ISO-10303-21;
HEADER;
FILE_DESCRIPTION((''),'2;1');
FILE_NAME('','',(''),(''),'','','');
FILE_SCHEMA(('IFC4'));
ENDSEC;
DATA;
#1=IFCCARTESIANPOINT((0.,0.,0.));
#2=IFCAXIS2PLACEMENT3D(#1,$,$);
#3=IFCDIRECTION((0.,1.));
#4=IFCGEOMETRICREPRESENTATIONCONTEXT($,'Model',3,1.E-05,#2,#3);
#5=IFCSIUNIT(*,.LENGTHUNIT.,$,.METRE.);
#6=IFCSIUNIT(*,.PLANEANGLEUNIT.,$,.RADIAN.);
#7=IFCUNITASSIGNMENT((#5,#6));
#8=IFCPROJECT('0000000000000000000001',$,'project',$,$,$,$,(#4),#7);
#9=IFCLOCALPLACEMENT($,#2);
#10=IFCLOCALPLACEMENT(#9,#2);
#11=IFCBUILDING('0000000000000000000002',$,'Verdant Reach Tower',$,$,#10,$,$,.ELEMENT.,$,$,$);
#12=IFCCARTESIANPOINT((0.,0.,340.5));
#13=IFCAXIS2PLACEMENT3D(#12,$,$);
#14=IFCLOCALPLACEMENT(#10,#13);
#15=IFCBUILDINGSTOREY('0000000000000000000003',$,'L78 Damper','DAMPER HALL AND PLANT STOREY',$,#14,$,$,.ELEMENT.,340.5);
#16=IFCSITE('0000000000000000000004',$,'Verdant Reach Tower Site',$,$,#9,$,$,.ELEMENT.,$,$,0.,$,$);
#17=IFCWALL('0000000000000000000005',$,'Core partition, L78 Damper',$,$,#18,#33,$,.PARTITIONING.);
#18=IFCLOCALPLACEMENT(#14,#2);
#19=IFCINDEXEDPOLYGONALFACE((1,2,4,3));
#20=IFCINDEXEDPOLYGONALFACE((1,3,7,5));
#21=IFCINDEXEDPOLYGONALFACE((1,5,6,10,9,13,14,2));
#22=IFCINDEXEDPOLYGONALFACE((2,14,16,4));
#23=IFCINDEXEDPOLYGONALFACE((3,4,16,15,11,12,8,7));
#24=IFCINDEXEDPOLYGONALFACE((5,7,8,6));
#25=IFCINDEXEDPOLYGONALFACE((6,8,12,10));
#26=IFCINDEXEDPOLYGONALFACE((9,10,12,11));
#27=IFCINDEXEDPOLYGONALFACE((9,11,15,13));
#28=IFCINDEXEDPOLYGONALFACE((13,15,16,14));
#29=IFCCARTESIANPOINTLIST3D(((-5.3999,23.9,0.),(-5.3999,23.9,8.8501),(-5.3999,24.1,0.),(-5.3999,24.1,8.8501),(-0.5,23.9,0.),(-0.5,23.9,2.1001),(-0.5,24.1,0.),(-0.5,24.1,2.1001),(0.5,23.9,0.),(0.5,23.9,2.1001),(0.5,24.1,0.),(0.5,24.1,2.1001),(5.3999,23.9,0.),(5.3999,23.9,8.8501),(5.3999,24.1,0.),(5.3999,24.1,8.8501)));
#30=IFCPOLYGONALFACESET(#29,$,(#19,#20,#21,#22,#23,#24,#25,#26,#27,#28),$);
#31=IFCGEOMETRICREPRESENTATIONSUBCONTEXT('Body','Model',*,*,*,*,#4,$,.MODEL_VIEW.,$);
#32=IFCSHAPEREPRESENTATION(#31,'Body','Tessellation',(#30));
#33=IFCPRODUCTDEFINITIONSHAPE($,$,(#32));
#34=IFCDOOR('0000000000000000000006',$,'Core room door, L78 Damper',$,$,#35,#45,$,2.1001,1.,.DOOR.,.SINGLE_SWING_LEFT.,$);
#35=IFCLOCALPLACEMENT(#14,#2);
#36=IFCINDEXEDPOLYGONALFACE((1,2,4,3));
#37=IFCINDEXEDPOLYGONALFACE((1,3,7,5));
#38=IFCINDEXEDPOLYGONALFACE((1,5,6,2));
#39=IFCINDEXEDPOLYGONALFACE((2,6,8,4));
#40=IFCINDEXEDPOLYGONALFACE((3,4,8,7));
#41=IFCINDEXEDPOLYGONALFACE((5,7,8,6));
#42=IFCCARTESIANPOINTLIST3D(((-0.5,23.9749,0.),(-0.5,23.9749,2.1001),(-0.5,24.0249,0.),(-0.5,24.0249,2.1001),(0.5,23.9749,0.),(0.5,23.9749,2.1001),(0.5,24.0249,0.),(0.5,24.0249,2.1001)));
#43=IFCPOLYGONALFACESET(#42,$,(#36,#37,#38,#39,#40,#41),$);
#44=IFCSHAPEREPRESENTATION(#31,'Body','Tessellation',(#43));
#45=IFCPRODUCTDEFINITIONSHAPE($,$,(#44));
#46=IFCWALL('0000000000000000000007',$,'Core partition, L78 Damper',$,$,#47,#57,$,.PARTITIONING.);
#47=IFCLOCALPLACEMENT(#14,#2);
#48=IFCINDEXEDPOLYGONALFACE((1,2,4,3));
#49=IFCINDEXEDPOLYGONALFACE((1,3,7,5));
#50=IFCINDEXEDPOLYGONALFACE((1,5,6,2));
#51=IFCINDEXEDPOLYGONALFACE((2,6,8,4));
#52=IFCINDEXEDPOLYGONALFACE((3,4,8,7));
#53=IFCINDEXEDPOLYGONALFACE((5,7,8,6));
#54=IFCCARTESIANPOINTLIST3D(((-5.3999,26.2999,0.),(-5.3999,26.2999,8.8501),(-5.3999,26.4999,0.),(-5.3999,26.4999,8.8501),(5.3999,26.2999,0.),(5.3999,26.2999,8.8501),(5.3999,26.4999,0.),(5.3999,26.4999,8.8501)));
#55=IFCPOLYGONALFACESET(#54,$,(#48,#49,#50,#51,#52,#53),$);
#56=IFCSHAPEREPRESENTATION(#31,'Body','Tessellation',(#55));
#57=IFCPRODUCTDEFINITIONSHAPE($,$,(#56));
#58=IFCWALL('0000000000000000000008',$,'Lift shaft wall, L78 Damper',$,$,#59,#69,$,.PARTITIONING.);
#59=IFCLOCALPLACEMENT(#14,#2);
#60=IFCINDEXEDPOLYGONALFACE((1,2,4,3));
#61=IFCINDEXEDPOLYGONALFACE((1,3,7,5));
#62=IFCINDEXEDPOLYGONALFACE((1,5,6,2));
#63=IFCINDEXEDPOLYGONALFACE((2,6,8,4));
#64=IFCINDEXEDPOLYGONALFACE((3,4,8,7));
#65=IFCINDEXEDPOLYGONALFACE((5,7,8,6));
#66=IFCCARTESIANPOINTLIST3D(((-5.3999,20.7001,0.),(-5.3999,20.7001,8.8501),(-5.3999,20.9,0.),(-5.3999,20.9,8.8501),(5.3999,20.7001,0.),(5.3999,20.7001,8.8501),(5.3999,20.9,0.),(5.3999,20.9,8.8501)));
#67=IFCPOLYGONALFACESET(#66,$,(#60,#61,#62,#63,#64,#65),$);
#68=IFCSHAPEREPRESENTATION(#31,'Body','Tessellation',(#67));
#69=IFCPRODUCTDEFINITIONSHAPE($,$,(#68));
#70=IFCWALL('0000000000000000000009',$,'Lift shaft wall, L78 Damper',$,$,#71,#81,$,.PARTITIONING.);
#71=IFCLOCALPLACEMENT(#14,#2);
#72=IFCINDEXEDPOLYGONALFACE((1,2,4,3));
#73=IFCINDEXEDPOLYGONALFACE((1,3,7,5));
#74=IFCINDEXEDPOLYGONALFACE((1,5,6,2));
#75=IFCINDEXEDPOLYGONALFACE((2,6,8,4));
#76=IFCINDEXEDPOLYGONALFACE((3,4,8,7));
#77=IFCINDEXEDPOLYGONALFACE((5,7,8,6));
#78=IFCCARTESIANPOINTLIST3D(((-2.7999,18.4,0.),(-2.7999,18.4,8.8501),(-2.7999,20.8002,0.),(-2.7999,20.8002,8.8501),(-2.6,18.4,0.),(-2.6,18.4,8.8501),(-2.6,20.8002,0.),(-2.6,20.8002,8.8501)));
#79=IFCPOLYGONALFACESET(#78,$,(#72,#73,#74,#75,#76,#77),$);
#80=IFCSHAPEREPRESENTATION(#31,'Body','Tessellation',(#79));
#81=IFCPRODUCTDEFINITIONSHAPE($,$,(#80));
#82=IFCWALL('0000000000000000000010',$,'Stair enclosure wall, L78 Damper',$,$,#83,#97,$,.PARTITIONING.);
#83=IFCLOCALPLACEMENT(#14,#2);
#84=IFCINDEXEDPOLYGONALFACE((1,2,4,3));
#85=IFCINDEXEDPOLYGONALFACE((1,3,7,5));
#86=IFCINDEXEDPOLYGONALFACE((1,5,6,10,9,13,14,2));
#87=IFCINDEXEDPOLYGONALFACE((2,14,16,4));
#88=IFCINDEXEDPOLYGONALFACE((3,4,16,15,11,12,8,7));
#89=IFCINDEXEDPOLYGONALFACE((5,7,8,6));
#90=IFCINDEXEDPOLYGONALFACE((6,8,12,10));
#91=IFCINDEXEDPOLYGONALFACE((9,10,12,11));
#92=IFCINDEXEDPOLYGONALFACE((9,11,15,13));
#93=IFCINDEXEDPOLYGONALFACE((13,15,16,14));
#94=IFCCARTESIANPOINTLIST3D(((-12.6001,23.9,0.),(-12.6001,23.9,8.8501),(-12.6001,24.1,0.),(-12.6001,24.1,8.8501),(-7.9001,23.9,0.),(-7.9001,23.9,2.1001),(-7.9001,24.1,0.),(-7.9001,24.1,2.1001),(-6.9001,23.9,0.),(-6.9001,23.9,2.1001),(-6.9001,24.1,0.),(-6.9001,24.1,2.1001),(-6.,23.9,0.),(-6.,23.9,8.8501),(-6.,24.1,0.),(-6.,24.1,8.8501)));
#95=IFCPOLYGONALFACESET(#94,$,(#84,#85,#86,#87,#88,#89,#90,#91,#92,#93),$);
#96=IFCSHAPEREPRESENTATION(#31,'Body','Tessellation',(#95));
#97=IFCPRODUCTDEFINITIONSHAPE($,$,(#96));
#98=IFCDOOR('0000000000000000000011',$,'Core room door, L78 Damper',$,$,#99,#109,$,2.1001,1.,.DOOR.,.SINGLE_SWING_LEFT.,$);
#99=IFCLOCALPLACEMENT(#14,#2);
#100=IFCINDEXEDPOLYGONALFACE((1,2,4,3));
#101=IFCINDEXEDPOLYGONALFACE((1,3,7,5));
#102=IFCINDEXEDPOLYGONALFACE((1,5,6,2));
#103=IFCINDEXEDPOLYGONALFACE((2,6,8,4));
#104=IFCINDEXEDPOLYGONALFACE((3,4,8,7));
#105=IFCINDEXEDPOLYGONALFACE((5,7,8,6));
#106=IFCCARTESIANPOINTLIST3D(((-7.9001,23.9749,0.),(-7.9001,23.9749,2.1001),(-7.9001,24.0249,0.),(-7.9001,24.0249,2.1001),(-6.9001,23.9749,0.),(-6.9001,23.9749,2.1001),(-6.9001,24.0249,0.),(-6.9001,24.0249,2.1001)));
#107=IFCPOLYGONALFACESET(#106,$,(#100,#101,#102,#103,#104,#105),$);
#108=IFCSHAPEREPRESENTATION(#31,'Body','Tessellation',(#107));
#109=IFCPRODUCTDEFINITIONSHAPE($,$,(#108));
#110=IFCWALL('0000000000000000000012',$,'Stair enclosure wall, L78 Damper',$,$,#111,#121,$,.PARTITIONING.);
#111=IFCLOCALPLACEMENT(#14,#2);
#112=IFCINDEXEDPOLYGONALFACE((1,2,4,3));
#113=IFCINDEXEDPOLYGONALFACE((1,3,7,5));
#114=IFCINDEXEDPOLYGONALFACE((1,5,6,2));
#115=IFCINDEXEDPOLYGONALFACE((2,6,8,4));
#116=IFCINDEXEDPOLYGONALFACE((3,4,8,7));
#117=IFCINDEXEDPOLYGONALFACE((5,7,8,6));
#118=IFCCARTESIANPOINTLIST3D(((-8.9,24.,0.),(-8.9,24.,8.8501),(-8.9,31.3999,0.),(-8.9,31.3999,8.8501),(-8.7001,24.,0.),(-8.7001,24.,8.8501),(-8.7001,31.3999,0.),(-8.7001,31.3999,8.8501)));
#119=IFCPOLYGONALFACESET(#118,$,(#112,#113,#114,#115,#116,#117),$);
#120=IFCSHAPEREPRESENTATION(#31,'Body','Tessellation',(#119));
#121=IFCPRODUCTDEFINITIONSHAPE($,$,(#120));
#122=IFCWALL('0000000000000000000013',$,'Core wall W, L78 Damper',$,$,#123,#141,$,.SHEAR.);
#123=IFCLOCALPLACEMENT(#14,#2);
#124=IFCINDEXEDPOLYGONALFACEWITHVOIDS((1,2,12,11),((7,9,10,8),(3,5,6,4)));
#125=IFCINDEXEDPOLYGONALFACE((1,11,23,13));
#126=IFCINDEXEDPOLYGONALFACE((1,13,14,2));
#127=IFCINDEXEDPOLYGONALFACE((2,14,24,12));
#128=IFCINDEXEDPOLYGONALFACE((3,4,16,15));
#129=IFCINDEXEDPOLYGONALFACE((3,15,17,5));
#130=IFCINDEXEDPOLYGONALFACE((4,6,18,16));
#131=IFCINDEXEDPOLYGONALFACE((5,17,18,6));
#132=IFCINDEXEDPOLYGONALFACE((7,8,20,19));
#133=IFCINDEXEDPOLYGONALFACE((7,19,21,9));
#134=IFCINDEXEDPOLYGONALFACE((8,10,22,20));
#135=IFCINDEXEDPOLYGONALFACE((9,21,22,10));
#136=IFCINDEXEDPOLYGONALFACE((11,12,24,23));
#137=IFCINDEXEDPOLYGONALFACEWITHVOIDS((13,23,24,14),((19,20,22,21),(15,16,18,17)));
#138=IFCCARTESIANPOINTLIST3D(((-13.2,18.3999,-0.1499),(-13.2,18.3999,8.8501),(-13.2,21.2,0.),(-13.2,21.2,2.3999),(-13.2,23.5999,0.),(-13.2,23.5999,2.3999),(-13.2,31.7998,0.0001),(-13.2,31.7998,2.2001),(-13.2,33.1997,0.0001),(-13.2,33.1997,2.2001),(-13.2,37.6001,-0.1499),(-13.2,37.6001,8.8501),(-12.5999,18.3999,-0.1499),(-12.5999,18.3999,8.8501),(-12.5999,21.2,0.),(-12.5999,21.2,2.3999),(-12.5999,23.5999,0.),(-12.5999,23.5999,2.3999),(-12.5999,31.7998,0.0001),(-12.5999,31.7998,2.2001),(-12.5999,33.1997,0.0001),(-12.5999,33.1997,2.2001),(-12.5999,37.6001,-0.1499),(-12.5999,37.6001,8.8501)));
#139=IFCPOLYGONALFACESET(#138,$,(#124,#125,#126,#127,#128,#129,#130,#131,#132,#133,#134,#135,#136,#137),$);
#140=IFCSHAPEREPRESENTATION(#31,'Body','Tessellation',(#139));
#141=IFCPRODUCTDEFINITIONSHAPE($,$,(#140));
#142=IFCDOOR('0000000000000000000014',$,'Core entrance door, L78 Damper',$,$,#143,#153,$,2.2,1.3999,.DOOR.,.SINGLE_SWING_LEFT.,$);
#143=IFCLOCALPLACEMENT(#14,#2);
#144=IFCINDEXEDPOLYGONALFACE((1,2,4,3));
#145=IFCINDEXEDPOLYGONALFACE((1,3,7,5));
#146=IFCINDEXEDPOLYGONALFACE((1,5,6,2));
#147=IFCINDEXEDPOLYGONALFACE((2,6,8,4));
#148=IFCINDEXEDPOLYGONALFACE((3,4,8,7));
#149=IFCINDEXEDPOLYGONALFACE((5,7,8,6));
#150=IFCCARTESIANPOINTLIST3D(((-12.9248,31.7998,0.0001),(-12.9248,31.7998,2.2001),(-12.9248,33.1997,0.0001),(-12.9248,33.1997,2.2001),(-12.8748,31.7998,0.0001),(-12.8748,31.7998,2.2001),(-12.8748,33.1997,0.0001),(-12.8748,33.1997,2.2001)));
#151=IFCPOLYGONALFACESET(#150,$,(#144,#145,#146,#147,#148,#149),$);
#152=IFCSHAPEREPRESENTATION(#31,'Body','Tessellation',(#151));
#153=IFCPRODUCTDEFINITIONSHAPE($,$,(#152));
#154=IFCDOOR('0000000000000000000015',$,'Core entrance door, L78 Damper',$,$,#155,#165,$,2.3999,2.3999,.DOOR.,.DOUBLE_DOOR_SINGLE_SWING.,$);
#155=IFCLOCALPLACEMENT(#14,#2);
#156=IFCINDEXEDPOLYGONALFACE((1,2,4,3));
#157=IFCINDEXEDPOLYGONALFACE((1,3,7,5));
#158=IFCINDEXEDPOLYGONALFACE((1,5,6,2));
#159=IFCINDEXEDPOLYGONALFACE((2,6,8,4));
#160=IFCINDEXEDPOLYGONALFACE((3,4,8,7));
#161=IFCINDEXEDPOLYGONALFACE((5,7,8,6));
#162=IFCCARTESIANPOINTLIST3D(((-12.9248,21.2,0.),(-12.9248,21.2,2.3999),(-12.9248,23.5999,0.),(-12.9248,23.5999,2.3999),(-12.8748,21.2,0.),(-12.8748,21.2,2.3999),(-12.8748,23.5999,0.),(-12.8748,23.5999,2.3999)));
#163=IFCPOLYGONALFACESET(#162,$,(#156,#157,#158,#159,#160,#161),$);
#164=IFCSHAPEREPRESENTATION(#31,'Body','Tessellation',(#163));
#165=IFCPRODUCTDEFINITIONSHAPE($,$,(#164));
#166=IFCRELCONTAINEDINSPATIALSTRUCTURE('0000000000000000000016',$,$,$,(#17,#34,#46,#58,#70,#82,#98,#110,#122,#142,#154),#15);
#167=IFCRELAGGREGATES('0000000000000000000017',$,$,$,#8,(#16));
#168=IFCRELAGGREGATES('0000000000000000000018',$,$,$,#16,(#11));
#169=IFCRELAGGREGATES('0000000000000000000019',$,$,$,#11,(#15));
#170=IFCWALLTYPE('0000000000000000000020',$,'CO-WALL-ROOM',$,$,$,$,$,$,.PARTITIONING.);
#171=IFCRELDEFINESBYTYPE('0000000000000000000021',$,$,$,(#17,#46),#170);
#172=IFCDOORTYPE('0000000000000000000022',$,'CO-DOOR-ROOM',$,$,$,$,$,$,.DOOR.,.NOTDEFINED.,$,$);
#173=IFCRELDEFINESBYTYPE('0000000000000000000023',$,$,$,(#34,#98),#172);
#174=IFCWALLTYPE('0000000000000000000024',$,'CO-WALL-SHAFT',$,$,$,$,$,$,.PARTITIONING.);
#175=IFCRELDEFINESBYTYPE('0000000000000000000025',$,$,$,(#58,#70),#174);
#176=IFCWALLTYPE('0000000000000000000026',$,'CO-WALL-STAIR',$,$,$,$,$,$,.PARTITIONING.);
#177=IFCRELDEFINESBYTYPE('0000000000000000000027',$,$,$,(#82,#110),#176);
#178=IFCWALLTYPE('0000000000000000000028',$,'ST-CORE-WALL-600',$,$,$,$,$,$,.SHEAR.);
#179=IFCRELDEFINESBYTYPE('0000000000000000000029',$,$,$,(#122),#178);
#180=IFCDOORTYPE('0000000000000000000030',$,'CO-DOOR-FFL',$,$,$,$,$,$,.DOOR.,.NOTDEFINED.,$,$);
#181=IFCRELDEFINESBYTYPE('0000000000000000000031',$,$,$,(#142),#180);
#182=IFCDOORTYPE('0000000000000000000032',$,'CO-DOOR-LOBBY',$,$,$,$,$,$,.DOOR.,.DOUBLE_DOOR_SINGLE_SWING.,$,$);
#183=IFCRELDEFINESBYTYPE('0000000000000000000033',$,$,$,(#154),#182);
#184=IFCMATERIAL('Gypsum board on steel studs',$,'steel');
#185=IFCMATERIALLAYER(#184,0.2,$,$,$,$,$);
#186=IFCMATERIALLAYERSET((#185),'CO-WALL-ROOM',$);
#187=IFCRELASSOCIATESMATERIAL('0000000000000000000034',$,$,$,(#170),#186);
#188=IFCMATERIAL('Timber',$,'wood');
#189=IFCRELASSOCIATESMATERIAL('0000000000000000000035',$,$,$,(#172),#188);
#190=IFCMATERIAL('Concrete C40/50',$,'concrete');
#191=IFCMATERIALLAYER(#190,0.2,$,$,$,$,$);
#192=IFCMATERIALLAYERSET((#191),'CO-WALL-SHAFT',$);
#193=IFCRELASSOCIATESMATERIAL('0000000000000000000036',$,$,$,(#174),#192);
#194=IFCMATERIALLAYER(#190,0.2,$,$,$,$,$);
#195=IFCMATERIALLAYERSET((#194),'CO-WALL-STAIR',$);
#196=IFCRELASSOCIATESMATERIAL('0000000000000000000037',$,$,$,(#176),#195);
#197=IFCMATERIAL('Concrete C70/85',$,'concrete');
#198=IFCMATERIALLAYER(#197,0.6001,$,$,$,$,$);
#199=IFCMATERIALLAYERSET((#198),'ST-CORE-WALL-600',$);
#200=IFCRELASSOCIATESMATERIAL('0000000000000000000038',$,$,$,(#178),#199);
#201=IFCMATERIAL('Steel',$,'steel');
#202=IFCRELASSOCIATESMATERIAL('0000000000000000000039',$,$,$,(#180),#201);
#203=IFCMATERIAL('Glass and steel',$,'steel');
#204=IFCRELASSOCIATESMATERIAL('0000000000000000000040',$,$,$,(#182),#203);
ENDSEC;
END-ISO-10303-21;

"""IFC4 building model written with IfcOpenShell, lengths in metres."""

from ifc_helpers import new_model, si_unit, direction, frame, frame_2d, origin, place, context, subcontext, project, spatial, rectangle, extrude, material, layer, layer_set, type_object, element, fill, save


model = new_model("IFC4")

# Units and contexts
model_context = context("Model", 3, precision=1e-05, world=origin(), true_north=direction((0.0, 1.0)))
body_context = subcontext(model_context, "Body", "Model", "MODEL_VIEW")
ifc_project = project(units=[si_unit("LENGTHUNIT", "METRE"), si_unit("PLANEANGLEUNIT", "RADIAN")], contexts=[model_context])

# Site, building, storey
site_placement = place(None, origin())
site = spatial("IfcSite", under=ifc_project, at=site_placement, Name="Verdant Reach Tower Site", CompositionType="ELEMENT", RefElevation=0.0)
building_placement = place(site_placement, origin())
building = spatial("IfcBuilding", under=site, at=building_placement, Name="Verdant Reach Tower", CompositionType="ELEMENT")
storey_placement = place(building_placement, frame((0.0, 0.0, 340.5)))
storey = spatial("IfcBuildingStorey", under=building, at=storey_placement, Name="L78 Damper", Description="DAMPER HALL AND PLANT STOREY", CompositionType="ELEMENT", Elevation=340.5)

# Wall, opening, door
ifc_material_1 = material(Name="Gypsum board on steel studs", Category="steel")
ifc_layer_1 = layer(ifc_material_1, 0.2)
ifc_layer_set_1 = layer_set([ifc_layer_1], Name="CO-WALL-ROOM")
wall_type_1 = type_object("IfcWallType", Name="CO-WALL-ROOM", PredefinedType="PARTITIONING", material=ifc_layer_set_1)
ifc_material_2 = material(Name="Timber", Category="wood")
door_type_1 = type_object("IfcDoorType", Name="CO-DOOR-ROOM", OperationType="NOTDEFINED", PredefinedType="DOOR", material=ifc_material_2)
wall_1_placement = place(storey_placement, frame((-5.3999, 24.0, 0.0), z_axis=(0.0, 0.0, 1.0), x_axis=(1.0, 0.0, 0.0)))
wall_1 = element("IfcWall", 1, at=wall_1_placement, inside=storey, type_object=wall_type_1, Name="Core partition, L78 Damper", PredefinedType="PARTITIONING", context=body_context, shape_type="SweptSolid", body=[
    extrude(rectangle(XDim=10.7998, YDim=0.2, at=frame_2d((5.3999, 0.0))), origin(), (0.0, 0.0, 1.0), 8.8501),
])
opening_1_placement = place(wall_1_placement, frame((4.8999, 0.0, 0.0)))
opening_1 = element("IfcOpeningElement", 2, at=opening_1_placement, cuts=wall_1, PredefinedType="OPENING", context=body_context, shape_type="SweptSolid", body=[
    extrude(rectangle(XDim=1.0, YDim=2.1001, at=frame_2d((0.5, 1.05))), frame((0.0, 0.1099, 0.0), z_axis=(0.0, -1.0, 0.0), x_axis=(1.0, 0.0, 0.0)), (0.0, 0.0, 1.0), 0.22),
])
door_1_placement = place(opening_1_placement, origin())
door_1 = element("IfcDoor", 3, at=door_1_placement, inside=storey, type_object=door_type_1, Name="Core room door, L78 Damper", OperationType="SINGLE_SWING_LEFT", OverallHeight=2.1001, OverallWidth=1.0, PredefinedType="DOOR", context=body_context, shape_type="SweptSolid", body=[
    extrude(rectangle(XDim=1.0, YDim=2.1001, at=frame_2d((0.5, 1.05))), frame((0.0, 0.0249, 0.0), z_axis=(0.0, -1.0, 0.0), x_axis=(1.0, 0.0, 0.0)), (0.0, 0.0, 1.0), 0.05),
])
fill(opening_1, door_1)

# Walls
wall_2_placement = place(storey_placement, frame((-5.3999, 26.3999, 0.0), z_axis=(0.0, 0.0, 1.0), x_axis=(1.0, 0.0, 0.0)))
element("IfcWall", 4, at=wall_2_placement, inside=storey, type_object=wall_type_1, Name="Core partition, L78 Damper", PredefinedType="PARTITIONING", context=body_context, shape_type="SweptSolid", body=[
    extrude(rectangle(XDim=10.7998, YDim=0.2, at=frame_2d((5.3999, 0.0))), origin(), (0.0, 0.0, 1.0), 8.8501),
])
ifc_material_3 = material(Name="Concrete C40/50", Category="concrete")
ifc_layer_2 = layer(ifc_material_3, 0.2)
ifc_layer_set_2 = layer_set([ifc_layer_2], Name="CO-WALL-SHAFT")
wall_type_2 = type_object("IfcWallType", Name="CO-WALL-SHAFT", PredefinedType="PARTITIONING", material=ifc_layer_set_2)
wall_3_placement = place(storey_placement, frame((-5.3999, 20.8, 0.0), z_axis=(0.0, 0.0, 1.0), x_axis=(1.0, 0.0, 0.0)))
element("IfcWall", 5, at=wall_3_placement, inside=storey, type_object=wall_type_2, Name="Lift shaft wall, L78 Damper", PredefinedType="PARTITIONING", context=body_context, shape_type="SweptSolid", body=[
    extrude(rectangle(XDim=10.7998, YDim=0.2, at=frame_2d((5.3999, 0.0))), origin(), (0.0, 0.0, 1.0), 8.8501),
])
wall_4_placement = place(storey_placement, frame((-2.7, 18.3999, 0.0), z_axis=(0.0, 0.0, 1.0), x_axis=(0.0, 1.0, 0.0)))
element("IfcWall", 6, at=wall_4_placement, inside=storey, type_object=wall_type_2, Name="Lift shaft wall, L78 Damper", PredefinedType="PARTITIONING", context=body_context, shape_type="SweptSolid", body=[
    extrude(rectangle(XDim=2.4001, YDim=0.2, at=frame_2d((1.2002, 0.0))), origin(), (0.0, 0.0, 1.0), 8.8501),
])

# Wall, opening, door
ifc_layer_3 = layer(ifc_material_3, 0.2)
ifc_layer_set_3 = layer_set([ifc_layer_3], Name="CO-WALL-STAIR")
wall_type_3 = type_object("IfcWallType", Name="CO-WALL-STAIR", PredefinedType="PARTITIONING", material=ifc_layer_set_3)
wall_5_placement = place(storey_placement, frame((-12.6001, 24.0, 0.0), z_axis=(0.0, 0.0, 1.0), x_axis=(1.0, 0.0, 0.0)))
wall_5 = element("IfcWall", 7, at=wall_5_placement, inside=storey, type_object=wall_type_3, Name="Stair enclosure wall, L78 Damper", PredefinedType="PARTITIONING", context=body_context, shape_type="SweptSolid", body=[
    extrude(rectangle(XDim=6.6001, YDim=0.2, at=frame_2d((3.3, 0.0))), origin(), (0.0, 0.0, 1.0), 8.8501),
])
opening_2_placement = place(wall_5_placement, frame((4.7, 0.0, 0.0)))
opening_2 = element("IfcOpeningElement", 8, at=opening_2_placement, cuts=wall_5, PredefinedType="OPENING", context=body_context, shape_type="SweptSolid", body=[
    extrude(rectangle(XDim=1.0, YDim=2.1001, at=frame_2d((0.5, 1.05))), frame((0.0, 0.1099, 0.0), z_axis=(0.0, -1.0, 0.0), x_axis=(1.0, 0.0, 0.0)), (0.0, 0.0, 1.0), 0.22),
])
door_2_placement = place(opening_2_placement, origin())
door_2 = element("IfcDoor", 9, at=door_2_placement, inside=storey, type_object=door_type_1, Name="Core room door, L78 Damper", OperationType="SINGLE_SWING_LEFT", OverallHeight=2.1001, OverallWidth=1.0, PredefinedType="DOOR", context=body_context, shape_type="SweptSolid", body=[
    extrude(rectangle(XDim=1.0, YDim=2.1001, at=frame_2d((0.5, 1.05))), frame((0.0, 0.0249, 0.0), z_axis=(0.0, -1.0, 0.0), x_axis=(1.0, 0.0, 0.0)), (0.0, 0.0, 1.0), 0.05),
])
fill(opening_2, door_2)

# Wall
wall_6_placement = place(storey_placement, frame((-8.8, 24.0, 0.0), z_axis=(0.0, 0.0, 1.0), x_axis=(0.0, 1.0, 0.0)))
element("IfcWall", 10, at=wall_6_placement, inside=storey, type_object=wall_type_3, Name="Stair enclosure wall, L78 Damper", PredefinedType="PARTITIONING", context=body_context, shape_type="SweptSolid", body=[
    extrude(rectangle(XDim=7.3999, YDim=0.2, at=frame_2d((3.7, 0.0))), origin(), (0.0, 0.0, 1.0), 8.8501),
])

# Wall, openings, doors
ifc_material_4 = material(Name="Concrete C70/85", Category="concrete")
ifc_layer_4 = layer(ifc_material_4, 0.6001)
ifc_layer_set_4 = layer_set([ifc_layer_4], Name="ST-CORE-WALL-600")
wall_type_4 = type_object("IfcWallType", Name="ST-CORE-WALL-600", PredefinedType="SHEAR", material=ifc_layer_set_4)
wall_7_placement = place(storey_placement, frame((-12.8999, 18.3999, -0.1499), z_axis=(0.0, 0.0, 1.0), x_axis=(0.0, 1.0, 0.0)))
wall_7 = element("IfcWall", 11, at=wall_7_placement, inside=storey, type_object=wall_type_4, Name="Core wall W, L78 Damper", PredefinedType="SHEAR", context=body_context, shape_type="SweptSolid", body=[
    extrude(rectangle(XDim=19.2002, YDim=0.6001, at=frame_2d((9.6001, 0.0))), origin(), (0.0, 0.0, 1.0), 9.0),
])
opening_3_placement = place(wall_7_placement, frame((2.8, 0.0, 0.1499)))
opening_3 = element("IfcOpeningElement", 12, at=opening_3_placement, cuts=wall_7, PredefinedType="OPENING", context=body_context, shape_type="SweptSolid", body=[
    extrude(rectangle(XDim=2.3999, YDim=2.3999, at=frame_2d((1.2, 1.2))), frame((0.0, 0.3101, 0.0), z_axis=(0.0, -1.0, 0.0), x_axis=(1.0, 0.0, 0.0)), (0.0, 0.0, 1.0), 0.6201),
])
opening_4_placement = place(wall_7_placement, frame((13.3999, 0.0, 0.1499)))
opening_4 = element("IfcOpeningElement", 13, at=opening_4_placement, cuts=wall_7, PredefinedType="OPENING", context=body_context, shape_type="SweptSolid", body=[
    extrude(rectangle(XDim=1.3999, YDim=2.2, at=frame_2d((0.7, 1.1001))), frame((0.0, 0.3101, 0.0), z_axis=(0.0, -1.0, 0.0), x_axis=(1.0, 0.0, 0.0)), (0.0, 0.0, 1.0), 0.6201),
])
ifc_material_5 = material(Name="Steel", Category="steel")
door_type_2 = type_object("IfcDoorType", Name="CO-DOOR-FFL", OperationType="NOTDEFINED", PredefinedType="DOOR", material=ifc_material_5)
door_3_placement = place(opening_4_placement, origin())
door_3 = element("IfcDoor", 14, at=door_3_placement, inside=storey, type_object=door_type_2, Name="Core entrance door, L78 Damper", OperationType="SINGLE_SWING_LEFT", OverallHeight=2.2, OverallWidth=1.3999, PredefinedType="DOOR", context=body_context, shape_type="SweptSolid", body=[
    extrude(rectangle(XDim=1.3999, YDim=2.2, at=frame_2d((0.7, 1.1001))), frame((0.0, 0.0249, 0.0), z_axis=(0.0, -1.0, 0.0), x_axis=(1.0, 0.0, 0.0)), (0.0, 0.0, 1.0), 0.05),
])
fill(opening_4, door_3)
ifc_material_6 = material(Name="Glass and steel", Category="steel")
door_type_3 = type_object("IfcDoorType", Name="CO-DOOR-LOBBY", OperationType="DOUBLE_DOOR_SINGLE_SWING", PredefinedType="DOOR", material=ifc_material_6)
door_4_placement = place(opening_3_placement, origin())
door_4 = element("IfcDoor", 15, at=door_4_placement, inside=storey, type_object=door_type_3, Name="Core entrance door, L78 Damper", OperationType="DOUBLE_DOOR_SINGLE_SWING", OverallHeight=2.3999, OverallWidth=2.3999, PredefinedType="DOOR", context=body_context, shape_type="SweptSolid", body=[
    extrude(rectangle(XDim=2.3999, YDim=2.3999, at=frame_2d((1.2, 1.2))), frame((0.0, 0.0249, 0.0), z_axis=(0.0, -1.0, 0.0), x_axis=(1.0, 0.0, 0.0)), (0.0, 0.0, 1.0), 0.05),
])
fill(opening_3, door_4)

save(model, "model.ifc")
